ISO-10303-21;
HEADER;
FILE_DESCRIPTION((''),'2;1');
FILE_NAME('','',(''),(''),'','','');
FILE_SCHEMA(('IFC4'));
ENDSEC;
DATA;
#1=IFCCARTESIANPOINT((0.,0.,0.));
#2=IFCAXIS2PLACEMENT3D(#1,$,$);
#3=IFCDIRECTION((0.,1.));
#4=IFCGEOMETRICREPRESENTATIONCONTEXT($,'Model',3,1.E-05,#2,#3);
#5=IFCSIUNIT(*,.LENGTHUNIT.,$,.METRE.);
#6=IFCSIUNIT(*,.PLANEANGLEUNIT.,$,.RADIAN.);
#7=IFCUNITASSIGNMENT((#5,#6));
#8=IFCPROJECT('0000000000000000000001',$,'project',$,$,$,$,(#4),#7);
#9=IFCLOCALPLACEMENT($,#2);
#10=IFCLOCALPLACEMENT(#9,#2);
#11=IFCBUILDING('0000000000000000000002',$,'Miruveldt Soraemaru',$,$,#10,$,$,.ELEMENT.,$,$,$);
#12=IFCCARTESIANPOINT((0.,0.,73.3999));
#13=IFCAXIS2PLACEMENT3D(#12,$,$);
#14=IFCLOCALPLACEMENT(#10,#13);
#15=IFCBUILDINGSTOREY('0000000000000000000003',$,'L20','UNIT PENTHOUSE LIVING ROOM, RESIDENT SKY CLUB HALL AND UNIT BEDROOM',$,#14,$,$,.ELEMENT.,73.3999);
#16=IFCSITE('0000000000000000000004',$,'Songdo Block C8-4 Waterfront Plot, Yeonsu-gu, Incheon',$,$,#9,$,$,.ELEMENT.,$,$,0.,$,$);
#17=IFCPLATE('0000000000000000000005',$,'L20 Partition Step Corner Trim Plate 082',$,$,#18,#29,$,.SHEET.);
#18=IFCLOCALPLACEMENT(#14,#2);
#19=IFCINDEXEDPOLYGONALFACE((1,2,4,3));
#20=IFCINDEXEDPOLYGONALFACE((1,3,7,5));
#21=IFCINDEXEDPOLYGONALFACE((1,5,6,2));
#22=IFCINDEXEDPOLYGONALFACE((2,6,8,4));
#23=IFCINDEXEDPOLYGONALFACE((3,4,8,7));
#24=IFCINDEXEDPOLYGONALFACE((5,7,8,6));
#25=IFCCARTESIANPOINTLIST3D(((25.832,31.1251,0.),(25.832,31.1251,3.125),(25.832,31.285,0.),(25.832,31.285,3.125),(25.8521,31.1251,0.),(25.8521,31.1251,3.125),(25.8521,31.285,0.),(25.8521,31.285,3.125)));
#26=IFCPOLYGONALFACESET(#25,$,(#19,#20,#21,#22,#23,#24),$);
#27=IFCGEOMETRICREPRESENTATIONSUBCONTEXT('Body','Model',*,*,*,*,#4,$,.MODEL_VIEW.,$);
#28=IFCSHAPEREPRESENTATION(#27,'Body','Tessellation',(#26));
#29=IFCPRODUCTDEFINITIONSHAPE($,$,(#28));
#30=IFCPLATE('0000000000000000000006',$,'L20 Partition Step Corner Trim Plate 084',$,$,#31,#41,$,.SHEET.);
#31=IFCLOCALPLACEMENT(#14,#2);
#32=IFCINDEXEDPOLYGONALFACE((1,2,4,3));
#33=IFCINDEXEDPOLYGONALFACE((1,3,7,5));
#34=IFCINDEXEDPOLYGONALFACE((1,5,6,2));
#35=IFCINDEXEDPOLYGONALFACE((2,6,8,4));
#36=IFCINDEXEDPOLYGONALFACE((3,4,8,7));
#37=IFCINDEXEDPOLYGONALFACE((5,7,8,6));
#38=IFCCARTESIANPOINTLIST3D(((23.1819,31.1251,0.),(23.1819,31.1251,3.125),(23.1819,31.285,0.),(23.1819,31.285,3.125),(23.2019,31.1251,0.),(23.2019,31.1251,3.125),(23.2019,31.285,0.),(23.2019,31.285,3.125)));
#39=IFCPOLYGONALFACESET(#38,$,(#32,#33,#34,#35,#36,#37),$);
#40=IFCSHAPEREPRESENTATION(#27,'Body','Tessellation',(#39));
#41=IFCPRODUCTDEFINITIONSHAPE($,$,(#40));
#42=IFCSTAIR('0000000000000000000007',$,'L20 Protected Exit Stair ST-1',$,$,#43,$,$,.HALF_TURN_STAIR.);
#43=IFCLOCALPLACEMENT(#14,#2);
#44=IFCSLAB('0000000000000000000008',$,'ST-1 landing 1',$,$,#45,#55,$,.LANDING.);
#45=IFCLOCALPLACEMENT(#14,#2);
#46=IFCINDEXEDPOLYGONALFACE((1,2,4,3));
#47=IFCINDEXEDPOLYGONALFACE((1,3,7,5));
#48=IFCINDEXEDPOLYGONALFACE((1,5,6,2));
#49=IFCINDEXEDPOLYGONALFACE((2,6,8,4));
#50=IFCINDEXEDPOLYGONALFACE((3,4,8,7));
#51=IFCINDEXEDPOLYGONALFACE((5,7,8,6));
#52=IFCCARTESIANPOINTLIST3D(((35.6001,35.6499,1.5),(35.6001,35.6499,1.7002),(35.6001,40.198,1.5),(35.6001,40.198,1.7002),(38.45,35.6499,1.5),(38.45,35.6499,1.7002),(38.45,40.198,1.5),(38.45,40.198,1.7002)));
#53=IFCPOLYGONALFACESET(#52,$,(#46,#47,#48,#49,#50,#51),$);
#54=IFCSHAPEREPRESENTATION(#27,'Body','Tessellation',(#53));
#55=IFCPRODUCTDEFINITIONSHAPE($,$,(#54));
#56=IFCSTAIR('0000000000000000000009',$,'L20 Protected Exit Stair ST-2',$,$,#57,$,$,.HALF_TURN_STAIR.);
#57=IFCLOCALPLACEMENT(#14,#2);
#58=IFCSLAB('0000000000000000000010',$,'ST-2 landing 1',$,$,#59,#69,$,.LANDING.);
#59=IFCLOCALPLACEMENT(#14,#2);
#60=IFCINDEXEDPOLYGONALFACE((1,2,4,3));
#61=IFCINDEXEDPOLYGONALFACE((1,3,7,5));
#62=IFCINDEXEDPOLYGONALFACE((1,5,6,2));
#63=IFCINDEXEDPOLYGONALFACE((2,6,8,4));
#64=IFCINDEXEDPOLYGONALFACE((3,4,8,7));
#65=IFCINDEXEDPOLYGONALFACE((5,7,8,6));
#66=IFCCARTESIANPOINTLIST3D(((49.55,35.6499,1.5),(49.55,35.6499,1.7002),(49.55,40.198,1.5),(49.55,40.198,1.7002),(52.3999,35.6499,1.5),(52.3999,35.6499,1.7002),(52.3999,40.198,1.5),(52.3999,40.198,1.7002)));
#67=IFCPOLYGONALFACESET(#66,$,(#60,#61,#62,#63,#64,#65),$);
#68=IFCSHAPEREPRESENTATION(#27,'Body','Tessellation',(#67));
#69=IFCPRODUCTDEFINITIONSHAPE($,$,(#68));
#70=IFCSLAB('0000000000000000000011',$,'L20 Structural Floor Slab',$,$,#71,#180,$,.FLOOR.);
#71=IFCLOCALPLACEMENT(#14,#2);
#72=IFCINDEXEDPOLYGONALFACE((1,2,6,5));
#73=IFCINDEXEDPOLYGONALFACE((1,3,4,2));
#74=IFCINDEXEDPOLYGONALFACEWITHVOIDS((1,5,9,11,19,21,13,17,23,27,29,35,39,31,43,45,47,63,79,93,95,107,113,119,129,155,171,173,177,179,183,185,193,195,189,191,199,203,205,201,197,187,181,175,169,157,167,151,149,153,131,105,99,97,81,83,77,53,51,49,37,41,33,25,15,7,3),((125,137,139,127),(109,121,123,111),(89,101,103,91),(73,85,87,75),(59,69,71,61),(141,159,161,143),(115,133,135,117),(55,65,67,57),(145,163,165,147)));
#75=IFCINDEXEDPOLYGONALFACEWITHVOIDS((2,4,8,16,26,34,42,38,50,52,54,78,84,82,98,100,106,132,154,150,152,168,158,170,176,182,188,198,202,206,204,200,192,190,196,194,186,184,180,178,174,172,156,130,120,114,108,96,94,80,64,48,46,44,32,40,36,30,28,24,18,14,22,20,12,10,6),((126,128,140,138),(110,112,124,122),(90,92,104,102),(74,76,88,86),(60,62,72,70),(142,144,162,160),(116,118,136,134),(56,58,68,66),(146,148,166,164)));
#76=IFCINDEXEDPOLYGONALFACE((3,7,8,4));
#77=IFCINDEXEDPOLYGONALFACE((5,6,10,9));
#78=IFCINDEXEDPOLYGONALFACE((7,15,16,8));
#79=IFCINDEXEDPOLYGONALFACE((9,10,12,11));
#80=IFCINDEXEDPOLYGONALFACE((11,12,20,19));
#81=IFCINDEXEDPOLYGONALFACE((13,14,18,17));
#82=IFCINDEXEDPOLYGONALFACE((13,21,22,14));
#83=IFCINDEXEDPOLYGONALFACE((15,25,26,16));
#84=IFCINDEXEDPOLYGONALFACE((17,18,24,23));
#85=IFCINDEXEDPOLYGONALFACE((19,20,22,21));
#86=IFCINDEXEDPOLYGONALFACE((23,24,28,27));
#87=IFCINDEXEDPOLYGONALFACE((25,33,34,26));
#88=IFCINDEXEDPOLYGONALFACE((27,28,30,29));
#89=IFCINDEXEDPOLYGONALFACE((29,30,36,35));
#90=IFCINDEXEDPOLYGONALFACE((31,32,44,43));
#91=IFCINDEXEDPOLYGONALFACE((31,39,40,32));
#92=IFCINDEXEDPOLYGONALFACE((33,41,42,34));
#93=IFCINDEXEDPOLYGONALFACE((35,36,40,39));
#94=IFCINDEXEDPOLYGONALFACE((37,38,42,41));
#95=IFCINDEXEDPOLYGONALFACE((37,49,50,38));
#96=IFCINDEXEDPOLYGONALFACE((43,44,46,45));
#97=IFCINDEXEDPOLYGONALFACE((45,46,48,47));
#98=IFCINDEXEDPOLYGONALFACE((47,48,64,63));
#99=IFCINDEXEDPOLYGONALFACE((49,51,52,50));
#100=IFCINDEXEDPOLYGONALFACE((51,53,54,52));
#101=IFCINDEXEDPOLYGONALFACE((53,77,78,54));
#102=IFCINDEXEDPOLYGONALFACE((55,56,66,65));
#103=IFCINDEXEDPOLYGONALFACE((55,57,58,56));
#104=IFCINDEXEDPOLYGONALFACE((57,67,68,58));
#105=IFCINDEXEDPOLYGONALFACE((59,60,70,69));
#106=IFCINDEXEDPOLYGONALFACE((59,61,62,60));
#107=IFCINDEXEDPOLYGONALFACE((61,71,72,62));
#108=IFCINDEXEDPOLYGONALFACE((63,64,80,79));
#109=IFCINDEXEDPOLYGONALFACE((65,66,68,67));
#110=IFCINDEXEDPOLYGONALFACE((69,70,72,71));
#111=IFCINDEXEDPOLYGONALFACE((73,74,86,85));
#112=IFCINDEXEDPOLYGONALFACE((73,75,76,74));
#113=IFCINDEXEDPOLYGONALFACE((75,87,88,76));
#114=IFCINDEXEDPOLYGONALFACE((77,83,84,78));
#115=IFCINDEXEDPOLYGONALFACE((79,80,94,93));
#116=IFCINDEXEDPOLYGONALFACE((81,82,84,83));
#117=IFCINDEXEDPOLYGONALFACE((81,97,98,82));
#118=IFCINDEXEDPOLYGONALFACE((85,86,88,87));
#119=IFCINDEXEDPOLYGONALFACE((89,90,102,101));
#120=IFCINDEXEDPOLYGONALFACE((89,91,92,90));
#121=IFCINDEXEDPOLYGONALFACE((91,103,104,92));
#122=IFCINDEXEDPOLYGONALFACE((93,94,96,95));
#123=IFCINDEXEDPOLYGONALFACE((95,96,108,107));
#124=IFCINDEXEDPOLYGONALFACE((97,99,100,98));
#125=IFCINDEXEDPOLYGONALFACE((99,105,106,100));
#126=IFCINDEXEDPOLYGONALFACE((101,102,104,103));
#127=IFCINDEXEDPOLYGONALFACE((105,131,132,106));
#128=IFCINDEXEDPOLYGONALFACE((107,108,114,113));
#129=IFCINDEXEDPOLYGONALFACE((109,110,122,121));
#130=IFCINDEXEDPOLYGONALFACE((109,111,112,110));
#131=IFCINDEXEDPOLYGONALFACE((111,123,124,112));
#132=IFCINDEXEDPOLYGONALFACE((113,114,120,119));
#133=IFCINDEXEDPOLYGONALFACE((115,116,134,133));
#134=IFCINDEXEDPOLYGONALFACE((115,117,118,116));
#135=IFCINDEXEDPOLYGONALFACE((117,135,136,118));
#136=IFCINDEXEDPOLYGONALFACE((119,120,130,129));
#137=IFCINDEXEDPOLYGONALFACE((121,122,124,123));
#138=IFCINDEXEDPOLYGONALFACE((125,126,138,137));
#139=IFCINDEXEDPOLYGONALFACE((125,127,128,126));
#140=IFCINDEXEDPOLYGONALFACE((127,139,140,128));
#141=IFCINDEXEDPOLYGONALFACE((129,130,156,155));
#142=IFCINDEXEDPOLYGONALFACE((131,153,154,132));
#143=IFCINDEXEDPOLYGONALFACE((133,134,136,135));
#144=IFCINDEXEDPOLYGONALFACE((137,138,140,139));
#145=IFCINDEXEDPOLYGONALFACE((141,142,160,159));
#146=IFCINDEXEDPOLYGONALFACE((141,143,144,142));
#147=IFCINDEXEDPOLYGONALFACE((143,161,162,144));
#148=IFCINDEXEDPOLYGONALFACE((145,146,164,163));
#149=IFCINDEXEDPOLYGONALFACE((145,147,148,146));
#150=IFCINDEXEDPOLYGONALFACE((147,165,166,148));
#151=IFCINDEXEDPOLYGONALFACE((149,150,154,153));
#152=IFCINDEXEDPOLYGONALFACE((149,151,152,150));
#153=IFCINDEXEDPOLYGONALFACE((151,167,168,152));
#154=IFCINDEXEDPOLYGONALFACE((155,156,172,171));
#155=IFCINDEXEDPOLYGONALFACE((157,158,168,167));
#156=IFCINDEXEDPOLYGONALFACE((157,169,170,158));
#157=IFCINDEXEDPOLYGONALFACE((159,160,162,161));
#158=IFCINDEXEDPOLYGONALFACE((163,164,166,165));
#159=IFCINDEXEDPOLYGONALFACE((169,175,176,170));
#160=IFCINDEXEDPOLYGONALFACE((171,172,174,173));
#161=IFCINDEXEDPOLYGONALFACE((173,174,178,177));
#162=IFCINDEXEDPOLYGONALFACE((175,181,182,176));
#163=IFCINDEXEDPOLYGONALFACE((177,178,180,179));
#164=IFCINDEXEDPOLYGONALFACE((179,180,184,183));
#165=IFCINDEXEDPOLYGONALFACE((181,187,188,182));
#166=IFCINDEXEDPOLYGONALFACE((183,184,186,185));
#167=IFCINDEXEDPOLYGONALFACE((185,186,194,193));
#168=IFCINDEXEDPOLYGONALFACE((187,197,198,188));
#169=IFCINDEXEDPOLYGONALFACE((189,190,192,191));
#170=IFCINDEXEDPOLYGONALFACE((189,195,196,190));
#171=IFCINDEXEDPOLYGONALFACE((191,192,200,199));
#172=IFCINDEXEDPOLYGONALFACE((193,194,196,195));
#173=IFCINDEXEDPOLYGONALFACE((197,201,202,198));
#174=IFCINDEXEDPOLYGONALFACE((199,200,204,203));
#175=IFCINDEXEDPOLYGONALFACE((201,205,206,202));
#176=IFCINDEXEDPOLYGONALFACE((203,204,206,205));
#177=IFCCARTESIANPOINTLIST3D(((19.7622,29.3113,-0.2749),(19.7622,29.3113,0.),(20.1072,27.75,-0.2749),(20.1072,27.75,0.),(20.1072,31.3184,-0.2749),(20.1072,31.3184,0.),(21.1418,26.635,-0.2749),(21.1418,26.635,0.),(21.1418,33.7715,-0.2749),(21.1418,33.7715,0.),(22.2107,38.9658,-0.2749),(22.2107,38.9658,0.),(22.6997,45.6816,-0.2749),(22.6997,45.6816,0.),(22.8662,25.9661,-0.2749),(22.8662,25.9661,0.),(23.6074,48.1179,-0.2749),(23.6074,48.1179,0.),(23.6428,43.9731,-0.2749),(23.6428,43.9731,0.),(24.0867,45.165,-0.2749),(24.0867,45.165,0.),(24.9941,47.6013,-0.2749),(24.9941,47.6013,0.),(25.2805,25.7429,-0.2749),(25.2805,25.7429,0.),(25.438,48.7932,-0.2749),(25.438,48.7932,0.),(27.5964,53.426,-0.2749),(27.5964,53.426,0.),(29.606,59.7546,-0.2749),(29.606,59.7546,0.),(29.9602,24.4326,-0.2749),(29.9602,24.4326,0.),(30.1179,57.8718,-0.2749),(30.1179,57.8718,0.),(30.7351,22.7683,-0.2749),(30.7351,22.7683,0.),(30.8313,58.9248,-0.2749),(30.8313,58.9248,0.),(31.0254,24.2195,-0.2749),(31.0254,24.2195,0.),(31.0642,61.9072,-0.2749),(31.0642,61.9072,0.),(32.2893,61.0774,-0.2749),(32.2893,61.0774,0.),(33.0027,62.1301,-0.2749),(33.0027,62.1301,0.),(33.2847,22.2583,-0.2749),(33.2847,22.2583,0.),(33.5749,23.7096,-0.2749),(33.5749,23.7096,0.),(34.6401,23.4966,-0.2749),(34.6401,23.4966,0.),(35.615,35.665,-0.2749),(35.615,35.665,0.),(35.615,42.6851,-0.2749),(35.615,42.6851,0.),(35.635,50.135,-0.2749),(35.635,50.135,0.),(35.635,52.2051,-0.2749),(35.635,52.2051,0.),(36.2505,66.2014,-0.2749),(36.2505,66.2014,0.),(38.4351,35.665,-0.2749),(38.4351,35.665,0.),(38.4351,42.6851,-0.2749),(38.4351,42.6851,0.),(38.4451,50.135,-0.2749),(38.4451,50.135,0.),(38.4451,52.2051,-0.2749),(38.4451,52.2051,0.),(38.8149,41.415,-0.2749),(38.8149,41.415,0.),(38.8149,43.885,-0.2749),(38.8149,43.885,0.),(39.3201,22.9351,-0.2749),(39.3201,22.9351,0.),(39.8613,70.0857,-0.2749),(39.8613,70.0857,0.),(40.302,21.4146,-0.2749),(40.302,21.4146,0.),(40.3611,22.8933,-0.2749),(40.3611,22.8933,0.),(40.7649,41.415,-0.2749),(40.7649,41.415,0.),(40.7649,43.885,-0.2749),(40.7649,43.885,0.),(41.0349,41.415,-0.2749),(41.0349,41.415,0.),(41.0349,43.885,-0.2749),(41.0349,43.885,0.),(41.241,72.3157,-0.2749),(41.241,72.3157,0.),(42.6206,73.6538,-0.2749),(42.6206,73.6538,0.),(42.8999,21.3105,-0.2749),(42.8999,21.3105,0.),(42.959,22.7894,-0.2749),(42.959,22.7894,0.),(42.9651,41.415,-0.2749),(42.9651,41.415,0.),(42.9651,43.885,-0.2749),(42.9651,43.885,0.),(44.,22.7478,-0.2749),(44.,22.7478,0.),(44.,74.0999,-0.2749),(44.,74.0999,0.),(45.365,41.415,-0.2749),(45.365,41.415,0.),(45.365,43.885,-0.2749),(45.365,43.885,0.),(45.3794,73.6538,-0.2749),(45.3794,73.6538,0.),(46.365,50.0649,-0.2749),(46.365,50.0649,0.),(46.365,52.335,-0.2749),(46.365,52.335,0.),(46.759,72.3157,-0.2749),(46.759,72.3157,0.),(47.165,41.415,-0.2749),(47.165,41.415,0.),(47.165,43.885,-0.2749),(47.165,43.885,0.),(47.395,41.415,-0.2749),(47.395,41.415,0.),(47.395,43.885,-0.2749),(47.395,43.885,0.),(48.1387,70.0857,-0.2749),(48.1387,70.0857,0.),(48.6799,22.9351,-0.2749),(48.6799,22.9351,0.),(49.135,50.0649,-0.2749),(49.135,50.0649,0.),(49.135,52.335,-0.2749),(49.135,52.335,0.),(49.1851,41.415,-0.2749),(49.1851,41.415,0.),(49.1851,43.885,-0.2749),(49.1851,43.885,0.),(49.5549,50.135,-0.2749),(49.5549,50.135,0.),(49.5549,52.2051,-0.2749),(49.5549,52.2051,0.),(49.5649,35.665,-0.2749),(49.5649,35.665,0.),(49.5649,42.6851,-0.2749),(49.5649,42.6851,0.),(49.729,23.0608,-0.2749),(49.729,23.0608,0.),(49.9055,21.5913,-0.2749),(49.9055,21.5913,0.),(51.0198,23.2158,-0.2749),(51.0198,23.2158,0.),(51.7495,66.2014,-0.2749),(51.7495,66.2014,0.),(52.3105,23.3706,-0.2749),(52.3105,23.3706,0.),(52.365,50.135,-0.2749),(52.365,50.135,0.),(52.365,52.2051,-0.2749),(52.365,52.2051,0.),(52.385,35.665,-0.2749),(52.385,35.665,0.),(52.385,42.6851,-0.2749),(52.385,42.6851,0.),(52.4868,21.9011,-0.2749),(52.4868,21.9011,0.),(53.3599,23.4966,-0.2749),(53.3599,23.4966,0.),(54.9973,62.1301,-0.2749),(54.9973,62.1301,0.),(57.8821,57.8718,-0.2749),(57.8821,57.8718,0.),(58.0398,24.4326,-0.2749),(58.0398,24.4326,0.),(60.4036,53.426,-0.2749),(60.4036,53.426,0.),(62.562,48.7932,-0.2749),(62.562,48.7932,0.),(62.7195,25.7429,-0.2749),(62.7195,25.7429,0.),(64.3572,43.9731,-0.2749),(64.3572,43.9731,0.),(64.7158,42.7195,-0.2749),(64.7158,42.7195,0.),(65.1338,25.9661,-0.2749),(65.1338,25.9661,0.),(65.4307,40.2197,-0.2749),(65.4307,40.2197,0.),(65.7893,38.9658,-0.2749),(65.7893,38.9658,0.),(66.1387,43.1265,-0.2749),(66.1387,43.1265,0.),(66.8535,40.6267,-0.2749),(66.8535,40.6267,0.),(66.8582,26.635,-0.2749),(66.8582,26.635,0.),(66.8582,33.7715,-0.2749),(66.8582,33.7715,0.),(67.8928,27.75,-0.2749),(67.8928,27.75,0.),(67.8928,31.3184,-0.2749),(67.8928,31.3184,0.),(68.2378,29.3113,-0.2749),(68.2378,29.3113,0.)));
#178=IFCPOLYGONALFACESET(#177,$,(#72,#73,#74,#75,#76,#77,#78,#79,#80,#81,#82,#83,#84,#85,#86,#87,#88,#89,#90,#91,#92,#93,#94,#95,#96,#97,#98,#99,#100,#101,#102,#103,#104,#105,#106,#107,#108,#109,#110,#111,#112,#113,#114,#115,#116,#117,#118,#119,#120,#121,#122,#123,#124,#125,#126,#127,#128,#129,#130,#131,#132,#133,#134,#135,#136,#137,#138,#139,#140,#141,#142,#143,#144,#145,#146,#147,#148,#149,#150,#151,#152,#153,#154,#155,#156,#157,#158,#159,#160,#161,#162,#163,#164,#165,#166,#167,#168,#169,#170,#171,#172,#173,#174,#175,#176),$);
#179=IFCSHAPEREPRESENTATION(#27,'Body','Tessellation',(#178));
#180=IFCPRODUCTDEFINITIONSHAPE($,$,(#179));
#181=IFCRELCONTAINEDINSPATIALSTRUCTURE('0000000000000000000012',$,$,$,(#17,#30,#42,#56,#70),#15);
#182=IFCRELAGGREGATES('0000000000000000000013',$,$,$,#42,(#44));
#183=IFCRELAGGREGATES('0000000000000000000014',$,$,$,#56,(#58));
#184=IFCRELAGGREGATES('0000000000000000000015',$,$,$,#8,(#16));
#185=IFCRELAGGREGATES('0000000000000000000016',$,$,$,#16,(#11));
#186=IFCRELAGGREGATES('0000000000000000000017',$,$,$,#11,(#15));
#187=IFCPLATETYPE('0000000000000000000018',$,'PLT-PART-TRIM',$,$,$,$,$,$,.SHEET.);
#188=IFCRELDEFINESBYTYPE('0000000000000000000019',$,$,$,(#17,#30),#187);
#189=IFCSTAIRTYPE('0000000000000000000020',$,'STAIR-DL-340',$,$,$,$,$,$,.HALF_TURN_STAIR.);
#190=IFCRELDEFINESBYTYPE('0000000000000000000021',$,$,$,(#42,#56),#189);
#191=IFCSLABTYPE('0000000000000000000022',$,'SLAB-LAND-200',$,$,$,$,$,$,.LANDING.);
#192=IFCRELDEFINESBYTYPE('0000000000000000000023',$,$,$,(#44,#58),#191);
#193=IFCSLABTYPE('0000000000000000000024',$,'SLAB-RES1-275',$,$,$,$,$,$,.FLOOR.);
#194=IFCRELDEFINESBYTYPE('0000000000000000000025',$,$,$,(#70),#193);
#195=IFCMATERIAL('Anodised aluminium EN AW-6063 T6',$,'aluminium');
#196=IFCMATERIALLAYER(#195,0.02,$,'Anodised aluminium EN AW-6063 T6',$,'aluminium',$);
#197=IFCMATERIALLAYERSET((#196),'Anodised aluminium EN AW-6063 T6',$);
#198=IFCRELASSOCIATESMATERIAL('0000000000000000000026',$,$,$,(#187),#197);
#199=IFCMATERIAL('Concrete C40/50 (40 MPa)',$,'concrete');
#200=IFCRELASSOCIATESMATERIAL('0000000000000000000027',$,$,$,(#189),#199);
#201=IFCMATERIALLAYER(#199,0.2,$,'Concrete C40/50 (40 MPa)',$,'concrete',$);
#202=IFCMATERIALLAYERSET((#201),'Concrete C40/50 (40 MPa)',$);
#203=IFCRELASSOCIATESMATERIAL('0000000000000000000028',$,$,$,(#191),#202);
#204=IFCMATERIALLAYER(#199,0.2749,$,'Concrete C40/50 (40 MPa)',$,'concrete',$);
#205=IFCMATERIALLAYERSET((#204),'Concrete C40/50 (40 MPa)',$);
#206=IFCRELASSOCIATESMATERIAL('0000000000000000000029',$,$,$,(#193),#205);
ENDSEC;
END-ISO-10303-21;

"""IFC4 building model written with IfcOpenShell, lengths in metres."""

from ifc_helpers import new_model, si_unit, direction, frame, origin, origin_2d, place, context, subcontext, project, spatial, polyline, rectangle, outline, extrude, material, layer, layer_set, type_object, element, aggregate, save


model = new_model("IFC4")

# Units and contexts
model_context = context("Model", 3, precision=1e-05, world=origin(), true_north=direction((0.0, 1.0)))
body_context = subcontext(model_context, "Body", "Model", "MODEL_VIEW")
ifc_project = project(units=[si_unit("LENGTHUNIT", "METRE"), si_unit("PLANEANGLEUNIT", "RADIAN")], contexts=[model_context])

# Site, building, storey
site_placement = place(None, origin())
site = spatial("IfcSite", under=ifc_project, at=site_placement, Name="Songdo Block C8-4 Waterfront Plot, Yeonsu-gu, Incheon", CompositionType="ELEMENT", RefElevation=0.0)
building_placement = place(site_placement, origin())
building = spatial("IfcBuilding", under=site, at=building_placement, Name="Miruveldt Soraemaru", CompositionType="ELEMENT")
storey_placement = place(building_placement, frame((0.0, 0.0, 73.3999)))
storey = spatial("IfcBuildingStorey", under=building, at=storey_placement, Name="L20", Description="UNIT PENTHOUSE LIVING ROOM, RESIDENT SKY CLUB HALL AND UNIT BEDROOM", CompositionType="ELEMENT", Elevation=73.3999)

# Plates
ifc_material_1 = material(Name="Anodised aluminium EN AW-6063 T6", Category="aluminium")
ifc_layer_1 = layer(ifc_material_1, 0.02, Name="Anodised aluminium EN AW-6063 T6", Category="aluminium")
ifc_layer_set_1 = layer_set([ifc_layer_1], Name="Anodised aluminium EN AW-6063 T6")
plate_type = type_object("IfcPlateType", Name="PLT-PART-TRIM", PredefinedType="SHEET", material=ifc_layer_set_1)
for number, where, z_axis, x_axis, name in (
    (1, (25.842, 31.2051, 0.0), (0.0, 0.0, 1.0), (0.0, 1.0, 0.0), "L20 Partition Step Corner Trim Plate 082"),
    (2, (23.1919, 31.2051, 0.0), (0.0, 0.0, 1.0), (0.0, -1.0, 0.0), "L20 Partition Step Corner Trim Plate 084"),
):
    element("IfcPlate", number, at=place(storey_placement, frame(where, z_axis=z_axis, x_axis=x_axis)), inside=storey, type_object=plate_type, Name=name, PredefinedType="SHEET", context=body_context, shape_type="SweptSolid", body=[
        extrude(rectangle(XDim=0.1599, YDim=0.02, at=origin_2d()), origin(), (0.0, 0.0, 1.0), 3.125),
    ])

# Stairs, slabs
ifc_material_2 = material(Name="Concrete C40/50 (40 MPa)", Category="concrete")
stair_type = type_object("IfcStairType", Name="STAIR-DL-340", PredefinedType="HALF_TURN_STAIR", material=ifc_material_2)
stair_1_placement = place(storey_placement, origin())
stair_1 = element("IfcStair", 3, at=stair_1_placement, inside=storey, type_object=stair_type, Name="L20 Protected Exit Stair ST-1", PredefinedType="HALF_TURN_STAIR")
ifc_layer_2 = layer(ifc_material_2, 0.2, Name="Concrete C40/50 (40 MPa)", Category="concrete")
ifc_layer_set_2 = layer_set([ifc_layer_2], Name="Concrete C40/50 (40 MPa)")
slab_type_1 = type_object("IfcSlabType", Name="SLAB-LAND-200", PredefinedType="LANDING", material=ifc_layer_set_2)
slab_1_placement = place(storey_placement, frame((0.0, 0.0, 1.5)))
slab_1 = element("IfcSlab", 4, at=slab_1_placement, type_object=slab_type_1, Name="ST-1 landing 1", PredefinedType="LANDING", context=body_context, shape_type="SweptSolid", body=[
    extrude(outline(polyline([(35.6001, 40.198), (35.6001, 35.6499), (38.45, 35.6499), (38.45, 40.198), (35.6001, 40.198)])), origin(), (0.0, 0.0, 1.0), 0.2002),
])
aggregate(stair_1, [slab_1])
stair_2_placement = place(storey_placement, origin())
stair_2 = element("IfcStair", 5, at=stair_2_placement, inside=storey, type_object=stair_type, Name="L20 Protected Exit Stair ST-2", PredefinedType="HALF_TURN_STAIR")
slab_2_placement = place(storey_placement, frame((0.0, 0.0, 1.5)))
slab_2 = element("IfcSlab", 6, at=slab_2_placement, type_object=slab_type_1, Name="ST-2 landing 1", PredefinedType="LANDING", context=body_context, shape_type="SweptSolid", body=[
    extrude(outline(polyline([(49.55, 40.198), (49.55, 35.6499), (52.3999, 35.6499), (52.3999, 40.198), (49.55, 40.198)])), origin(), (0.0, 0.0, 1.0), 0.2002),
])
aggregate(stair_2, [slab_2])

# Slab
ifc_layer_3 = layer(ifc_material_2, 0.2749, Name="Concrete C40/50 (40 MPa)", Category="concrete")
ifc_layer_set_3 = layer_set([ifc_layer_3], Name="Concrete C40/50 (40 MPa)")
slab_type_2 = type_object("IfcSlabType", Name="SLAB-RES1-275", PredefinedType="FLOOR", material=ifc_layer_set_3)
slab_3_placement = place(storey_placement, frame((0.0, 0.0, -0.2749)))
element("IfcSlab", 7, at=slab_3_placement, inside=storey, type_object=slab_type_2, Name="L20 Structural Floor Slab", PredefinedType="FLOOR", context=body_context, shape_type="SweptSolid", body=[
    extrude(outline(polyline([(22.6997, 45.6816), (23.6074, 48.1179), (24.9941, 47.6013), (25.438, 48.7932), (27.5964, 53.426), (30.1179, 57.8718), (31.5603, 60.001), (30.8313, 58.9248), (29.606, 59.7546), (31.0642, 61.9072), (32.2893, 61.0774), (33.0027, 62.1301), (36.2505, 66.2014), (39.8613, 70.0857), (41.241, 72.3157), (42.6206, 73.6538), (44.0, 74.0999), (45.3794, 73.6538), (46.759, 72.3157), (48.1387, 70.0857), (51.7495, 66.2014), (54.9973, 62.1301), (57.8821, 57.8718), (60.4036, 53.426), (62.562, 48.7932), (64.3572, 43.9731), (64.7158, 42.7195), (66.1387, 43.1265), (66.8535, 40.6267), (65.4307, 40.2197), (65.7893, 38.9658), (66.8582, 33.7715), (67.8928, 31.3184), (68.2378, 29.3113), (67.8928, 27.75), (66.8582, 26.635), (65.1338, 25.9661), (62.7195, 25.7429), (58.0398, 24.4326), (53.3599, 23.4966), (52.3105, 23.3706), (52.4868, 21.9011), (49.9055, 21.5913), (49.729, 23.0608), (51.0198, 23.2158), (48.6799, 22.9351), (44.0, 22.7478), (41.6602, 22.8413), (42.959, 22.7893), (42.8999, 21.3105), (40.302, 21.4146), (40.3611, 22.8933), (39.3201, 22.9351), (34.6401, 23.4966), (32.3003, 23.9646), (33.575, 23.7097), (33.2847, 22.2583), (30.7351, 22.7683), (31.0254, 24.2195), (29.9602, 24.4326), (25.2805, 25.7429), (22.8662, 25.9661), (21.1418, 26.635), (20.1072, 27.75), (19.7622, 29.3113), (20.1072, 31.3184), (21.1418, 33.7715), (22.2107, 38.9658), (23.6428, 43.9731), (24.0867, 45.165), (22.6997, 45.6816)]), holes=[polyline([(35.615, 35.665), (38.4351, 35.665), (38.4351, 42.6851), (35.615, 42.6851), (35.615, 35.665)]), polyline([(49.5649, 35.665), (52.385, 35.665), (52.385, 42.6851), (49.5649, 42.6851), (49.5649, 35.665)]), polyline([(40.7649, 41.415), (40.7649, 43.885), (38.8149, 43.885), (38.8149, 41.415), (40.7649, 41.415)]), polyline([(42.9651, 41.415), (42.9651, 43.885), (41.0349, 43.885), (41.0349, 41.415), (42.9651, 41.415)]), polyline([(47.165, 41.415), (47.165, 43.885), (45.365, 43.885), (45.365, 41.415), (47.165, 41.415)]), polyline([(49.1851, 41.415), (49.1851, 43.885), (47.395, 43.885), (47.395, 41.415), (49.1851, 41.415)]), polyline([(38.4451, 50.135), (38.4451, 52.2051), (35.635, 52.2051), (35.635, 50.135), (38.4451, 50.135)]), polyline([(49.5549, 50.135), (52.365, 50.135), (52.365, 52.2051), (49.5549, 52.2051), (49.5549, 50.135)]), polyline([(46.365, 50.0649), (49.135, 50.0649), (49.135, 52.335), (46.365, 52.335), (46.365, 50.0649)])]), origin(), (0.0, 0.0, 1.0), 0.2749),
])

save(model, "model.ifc")
